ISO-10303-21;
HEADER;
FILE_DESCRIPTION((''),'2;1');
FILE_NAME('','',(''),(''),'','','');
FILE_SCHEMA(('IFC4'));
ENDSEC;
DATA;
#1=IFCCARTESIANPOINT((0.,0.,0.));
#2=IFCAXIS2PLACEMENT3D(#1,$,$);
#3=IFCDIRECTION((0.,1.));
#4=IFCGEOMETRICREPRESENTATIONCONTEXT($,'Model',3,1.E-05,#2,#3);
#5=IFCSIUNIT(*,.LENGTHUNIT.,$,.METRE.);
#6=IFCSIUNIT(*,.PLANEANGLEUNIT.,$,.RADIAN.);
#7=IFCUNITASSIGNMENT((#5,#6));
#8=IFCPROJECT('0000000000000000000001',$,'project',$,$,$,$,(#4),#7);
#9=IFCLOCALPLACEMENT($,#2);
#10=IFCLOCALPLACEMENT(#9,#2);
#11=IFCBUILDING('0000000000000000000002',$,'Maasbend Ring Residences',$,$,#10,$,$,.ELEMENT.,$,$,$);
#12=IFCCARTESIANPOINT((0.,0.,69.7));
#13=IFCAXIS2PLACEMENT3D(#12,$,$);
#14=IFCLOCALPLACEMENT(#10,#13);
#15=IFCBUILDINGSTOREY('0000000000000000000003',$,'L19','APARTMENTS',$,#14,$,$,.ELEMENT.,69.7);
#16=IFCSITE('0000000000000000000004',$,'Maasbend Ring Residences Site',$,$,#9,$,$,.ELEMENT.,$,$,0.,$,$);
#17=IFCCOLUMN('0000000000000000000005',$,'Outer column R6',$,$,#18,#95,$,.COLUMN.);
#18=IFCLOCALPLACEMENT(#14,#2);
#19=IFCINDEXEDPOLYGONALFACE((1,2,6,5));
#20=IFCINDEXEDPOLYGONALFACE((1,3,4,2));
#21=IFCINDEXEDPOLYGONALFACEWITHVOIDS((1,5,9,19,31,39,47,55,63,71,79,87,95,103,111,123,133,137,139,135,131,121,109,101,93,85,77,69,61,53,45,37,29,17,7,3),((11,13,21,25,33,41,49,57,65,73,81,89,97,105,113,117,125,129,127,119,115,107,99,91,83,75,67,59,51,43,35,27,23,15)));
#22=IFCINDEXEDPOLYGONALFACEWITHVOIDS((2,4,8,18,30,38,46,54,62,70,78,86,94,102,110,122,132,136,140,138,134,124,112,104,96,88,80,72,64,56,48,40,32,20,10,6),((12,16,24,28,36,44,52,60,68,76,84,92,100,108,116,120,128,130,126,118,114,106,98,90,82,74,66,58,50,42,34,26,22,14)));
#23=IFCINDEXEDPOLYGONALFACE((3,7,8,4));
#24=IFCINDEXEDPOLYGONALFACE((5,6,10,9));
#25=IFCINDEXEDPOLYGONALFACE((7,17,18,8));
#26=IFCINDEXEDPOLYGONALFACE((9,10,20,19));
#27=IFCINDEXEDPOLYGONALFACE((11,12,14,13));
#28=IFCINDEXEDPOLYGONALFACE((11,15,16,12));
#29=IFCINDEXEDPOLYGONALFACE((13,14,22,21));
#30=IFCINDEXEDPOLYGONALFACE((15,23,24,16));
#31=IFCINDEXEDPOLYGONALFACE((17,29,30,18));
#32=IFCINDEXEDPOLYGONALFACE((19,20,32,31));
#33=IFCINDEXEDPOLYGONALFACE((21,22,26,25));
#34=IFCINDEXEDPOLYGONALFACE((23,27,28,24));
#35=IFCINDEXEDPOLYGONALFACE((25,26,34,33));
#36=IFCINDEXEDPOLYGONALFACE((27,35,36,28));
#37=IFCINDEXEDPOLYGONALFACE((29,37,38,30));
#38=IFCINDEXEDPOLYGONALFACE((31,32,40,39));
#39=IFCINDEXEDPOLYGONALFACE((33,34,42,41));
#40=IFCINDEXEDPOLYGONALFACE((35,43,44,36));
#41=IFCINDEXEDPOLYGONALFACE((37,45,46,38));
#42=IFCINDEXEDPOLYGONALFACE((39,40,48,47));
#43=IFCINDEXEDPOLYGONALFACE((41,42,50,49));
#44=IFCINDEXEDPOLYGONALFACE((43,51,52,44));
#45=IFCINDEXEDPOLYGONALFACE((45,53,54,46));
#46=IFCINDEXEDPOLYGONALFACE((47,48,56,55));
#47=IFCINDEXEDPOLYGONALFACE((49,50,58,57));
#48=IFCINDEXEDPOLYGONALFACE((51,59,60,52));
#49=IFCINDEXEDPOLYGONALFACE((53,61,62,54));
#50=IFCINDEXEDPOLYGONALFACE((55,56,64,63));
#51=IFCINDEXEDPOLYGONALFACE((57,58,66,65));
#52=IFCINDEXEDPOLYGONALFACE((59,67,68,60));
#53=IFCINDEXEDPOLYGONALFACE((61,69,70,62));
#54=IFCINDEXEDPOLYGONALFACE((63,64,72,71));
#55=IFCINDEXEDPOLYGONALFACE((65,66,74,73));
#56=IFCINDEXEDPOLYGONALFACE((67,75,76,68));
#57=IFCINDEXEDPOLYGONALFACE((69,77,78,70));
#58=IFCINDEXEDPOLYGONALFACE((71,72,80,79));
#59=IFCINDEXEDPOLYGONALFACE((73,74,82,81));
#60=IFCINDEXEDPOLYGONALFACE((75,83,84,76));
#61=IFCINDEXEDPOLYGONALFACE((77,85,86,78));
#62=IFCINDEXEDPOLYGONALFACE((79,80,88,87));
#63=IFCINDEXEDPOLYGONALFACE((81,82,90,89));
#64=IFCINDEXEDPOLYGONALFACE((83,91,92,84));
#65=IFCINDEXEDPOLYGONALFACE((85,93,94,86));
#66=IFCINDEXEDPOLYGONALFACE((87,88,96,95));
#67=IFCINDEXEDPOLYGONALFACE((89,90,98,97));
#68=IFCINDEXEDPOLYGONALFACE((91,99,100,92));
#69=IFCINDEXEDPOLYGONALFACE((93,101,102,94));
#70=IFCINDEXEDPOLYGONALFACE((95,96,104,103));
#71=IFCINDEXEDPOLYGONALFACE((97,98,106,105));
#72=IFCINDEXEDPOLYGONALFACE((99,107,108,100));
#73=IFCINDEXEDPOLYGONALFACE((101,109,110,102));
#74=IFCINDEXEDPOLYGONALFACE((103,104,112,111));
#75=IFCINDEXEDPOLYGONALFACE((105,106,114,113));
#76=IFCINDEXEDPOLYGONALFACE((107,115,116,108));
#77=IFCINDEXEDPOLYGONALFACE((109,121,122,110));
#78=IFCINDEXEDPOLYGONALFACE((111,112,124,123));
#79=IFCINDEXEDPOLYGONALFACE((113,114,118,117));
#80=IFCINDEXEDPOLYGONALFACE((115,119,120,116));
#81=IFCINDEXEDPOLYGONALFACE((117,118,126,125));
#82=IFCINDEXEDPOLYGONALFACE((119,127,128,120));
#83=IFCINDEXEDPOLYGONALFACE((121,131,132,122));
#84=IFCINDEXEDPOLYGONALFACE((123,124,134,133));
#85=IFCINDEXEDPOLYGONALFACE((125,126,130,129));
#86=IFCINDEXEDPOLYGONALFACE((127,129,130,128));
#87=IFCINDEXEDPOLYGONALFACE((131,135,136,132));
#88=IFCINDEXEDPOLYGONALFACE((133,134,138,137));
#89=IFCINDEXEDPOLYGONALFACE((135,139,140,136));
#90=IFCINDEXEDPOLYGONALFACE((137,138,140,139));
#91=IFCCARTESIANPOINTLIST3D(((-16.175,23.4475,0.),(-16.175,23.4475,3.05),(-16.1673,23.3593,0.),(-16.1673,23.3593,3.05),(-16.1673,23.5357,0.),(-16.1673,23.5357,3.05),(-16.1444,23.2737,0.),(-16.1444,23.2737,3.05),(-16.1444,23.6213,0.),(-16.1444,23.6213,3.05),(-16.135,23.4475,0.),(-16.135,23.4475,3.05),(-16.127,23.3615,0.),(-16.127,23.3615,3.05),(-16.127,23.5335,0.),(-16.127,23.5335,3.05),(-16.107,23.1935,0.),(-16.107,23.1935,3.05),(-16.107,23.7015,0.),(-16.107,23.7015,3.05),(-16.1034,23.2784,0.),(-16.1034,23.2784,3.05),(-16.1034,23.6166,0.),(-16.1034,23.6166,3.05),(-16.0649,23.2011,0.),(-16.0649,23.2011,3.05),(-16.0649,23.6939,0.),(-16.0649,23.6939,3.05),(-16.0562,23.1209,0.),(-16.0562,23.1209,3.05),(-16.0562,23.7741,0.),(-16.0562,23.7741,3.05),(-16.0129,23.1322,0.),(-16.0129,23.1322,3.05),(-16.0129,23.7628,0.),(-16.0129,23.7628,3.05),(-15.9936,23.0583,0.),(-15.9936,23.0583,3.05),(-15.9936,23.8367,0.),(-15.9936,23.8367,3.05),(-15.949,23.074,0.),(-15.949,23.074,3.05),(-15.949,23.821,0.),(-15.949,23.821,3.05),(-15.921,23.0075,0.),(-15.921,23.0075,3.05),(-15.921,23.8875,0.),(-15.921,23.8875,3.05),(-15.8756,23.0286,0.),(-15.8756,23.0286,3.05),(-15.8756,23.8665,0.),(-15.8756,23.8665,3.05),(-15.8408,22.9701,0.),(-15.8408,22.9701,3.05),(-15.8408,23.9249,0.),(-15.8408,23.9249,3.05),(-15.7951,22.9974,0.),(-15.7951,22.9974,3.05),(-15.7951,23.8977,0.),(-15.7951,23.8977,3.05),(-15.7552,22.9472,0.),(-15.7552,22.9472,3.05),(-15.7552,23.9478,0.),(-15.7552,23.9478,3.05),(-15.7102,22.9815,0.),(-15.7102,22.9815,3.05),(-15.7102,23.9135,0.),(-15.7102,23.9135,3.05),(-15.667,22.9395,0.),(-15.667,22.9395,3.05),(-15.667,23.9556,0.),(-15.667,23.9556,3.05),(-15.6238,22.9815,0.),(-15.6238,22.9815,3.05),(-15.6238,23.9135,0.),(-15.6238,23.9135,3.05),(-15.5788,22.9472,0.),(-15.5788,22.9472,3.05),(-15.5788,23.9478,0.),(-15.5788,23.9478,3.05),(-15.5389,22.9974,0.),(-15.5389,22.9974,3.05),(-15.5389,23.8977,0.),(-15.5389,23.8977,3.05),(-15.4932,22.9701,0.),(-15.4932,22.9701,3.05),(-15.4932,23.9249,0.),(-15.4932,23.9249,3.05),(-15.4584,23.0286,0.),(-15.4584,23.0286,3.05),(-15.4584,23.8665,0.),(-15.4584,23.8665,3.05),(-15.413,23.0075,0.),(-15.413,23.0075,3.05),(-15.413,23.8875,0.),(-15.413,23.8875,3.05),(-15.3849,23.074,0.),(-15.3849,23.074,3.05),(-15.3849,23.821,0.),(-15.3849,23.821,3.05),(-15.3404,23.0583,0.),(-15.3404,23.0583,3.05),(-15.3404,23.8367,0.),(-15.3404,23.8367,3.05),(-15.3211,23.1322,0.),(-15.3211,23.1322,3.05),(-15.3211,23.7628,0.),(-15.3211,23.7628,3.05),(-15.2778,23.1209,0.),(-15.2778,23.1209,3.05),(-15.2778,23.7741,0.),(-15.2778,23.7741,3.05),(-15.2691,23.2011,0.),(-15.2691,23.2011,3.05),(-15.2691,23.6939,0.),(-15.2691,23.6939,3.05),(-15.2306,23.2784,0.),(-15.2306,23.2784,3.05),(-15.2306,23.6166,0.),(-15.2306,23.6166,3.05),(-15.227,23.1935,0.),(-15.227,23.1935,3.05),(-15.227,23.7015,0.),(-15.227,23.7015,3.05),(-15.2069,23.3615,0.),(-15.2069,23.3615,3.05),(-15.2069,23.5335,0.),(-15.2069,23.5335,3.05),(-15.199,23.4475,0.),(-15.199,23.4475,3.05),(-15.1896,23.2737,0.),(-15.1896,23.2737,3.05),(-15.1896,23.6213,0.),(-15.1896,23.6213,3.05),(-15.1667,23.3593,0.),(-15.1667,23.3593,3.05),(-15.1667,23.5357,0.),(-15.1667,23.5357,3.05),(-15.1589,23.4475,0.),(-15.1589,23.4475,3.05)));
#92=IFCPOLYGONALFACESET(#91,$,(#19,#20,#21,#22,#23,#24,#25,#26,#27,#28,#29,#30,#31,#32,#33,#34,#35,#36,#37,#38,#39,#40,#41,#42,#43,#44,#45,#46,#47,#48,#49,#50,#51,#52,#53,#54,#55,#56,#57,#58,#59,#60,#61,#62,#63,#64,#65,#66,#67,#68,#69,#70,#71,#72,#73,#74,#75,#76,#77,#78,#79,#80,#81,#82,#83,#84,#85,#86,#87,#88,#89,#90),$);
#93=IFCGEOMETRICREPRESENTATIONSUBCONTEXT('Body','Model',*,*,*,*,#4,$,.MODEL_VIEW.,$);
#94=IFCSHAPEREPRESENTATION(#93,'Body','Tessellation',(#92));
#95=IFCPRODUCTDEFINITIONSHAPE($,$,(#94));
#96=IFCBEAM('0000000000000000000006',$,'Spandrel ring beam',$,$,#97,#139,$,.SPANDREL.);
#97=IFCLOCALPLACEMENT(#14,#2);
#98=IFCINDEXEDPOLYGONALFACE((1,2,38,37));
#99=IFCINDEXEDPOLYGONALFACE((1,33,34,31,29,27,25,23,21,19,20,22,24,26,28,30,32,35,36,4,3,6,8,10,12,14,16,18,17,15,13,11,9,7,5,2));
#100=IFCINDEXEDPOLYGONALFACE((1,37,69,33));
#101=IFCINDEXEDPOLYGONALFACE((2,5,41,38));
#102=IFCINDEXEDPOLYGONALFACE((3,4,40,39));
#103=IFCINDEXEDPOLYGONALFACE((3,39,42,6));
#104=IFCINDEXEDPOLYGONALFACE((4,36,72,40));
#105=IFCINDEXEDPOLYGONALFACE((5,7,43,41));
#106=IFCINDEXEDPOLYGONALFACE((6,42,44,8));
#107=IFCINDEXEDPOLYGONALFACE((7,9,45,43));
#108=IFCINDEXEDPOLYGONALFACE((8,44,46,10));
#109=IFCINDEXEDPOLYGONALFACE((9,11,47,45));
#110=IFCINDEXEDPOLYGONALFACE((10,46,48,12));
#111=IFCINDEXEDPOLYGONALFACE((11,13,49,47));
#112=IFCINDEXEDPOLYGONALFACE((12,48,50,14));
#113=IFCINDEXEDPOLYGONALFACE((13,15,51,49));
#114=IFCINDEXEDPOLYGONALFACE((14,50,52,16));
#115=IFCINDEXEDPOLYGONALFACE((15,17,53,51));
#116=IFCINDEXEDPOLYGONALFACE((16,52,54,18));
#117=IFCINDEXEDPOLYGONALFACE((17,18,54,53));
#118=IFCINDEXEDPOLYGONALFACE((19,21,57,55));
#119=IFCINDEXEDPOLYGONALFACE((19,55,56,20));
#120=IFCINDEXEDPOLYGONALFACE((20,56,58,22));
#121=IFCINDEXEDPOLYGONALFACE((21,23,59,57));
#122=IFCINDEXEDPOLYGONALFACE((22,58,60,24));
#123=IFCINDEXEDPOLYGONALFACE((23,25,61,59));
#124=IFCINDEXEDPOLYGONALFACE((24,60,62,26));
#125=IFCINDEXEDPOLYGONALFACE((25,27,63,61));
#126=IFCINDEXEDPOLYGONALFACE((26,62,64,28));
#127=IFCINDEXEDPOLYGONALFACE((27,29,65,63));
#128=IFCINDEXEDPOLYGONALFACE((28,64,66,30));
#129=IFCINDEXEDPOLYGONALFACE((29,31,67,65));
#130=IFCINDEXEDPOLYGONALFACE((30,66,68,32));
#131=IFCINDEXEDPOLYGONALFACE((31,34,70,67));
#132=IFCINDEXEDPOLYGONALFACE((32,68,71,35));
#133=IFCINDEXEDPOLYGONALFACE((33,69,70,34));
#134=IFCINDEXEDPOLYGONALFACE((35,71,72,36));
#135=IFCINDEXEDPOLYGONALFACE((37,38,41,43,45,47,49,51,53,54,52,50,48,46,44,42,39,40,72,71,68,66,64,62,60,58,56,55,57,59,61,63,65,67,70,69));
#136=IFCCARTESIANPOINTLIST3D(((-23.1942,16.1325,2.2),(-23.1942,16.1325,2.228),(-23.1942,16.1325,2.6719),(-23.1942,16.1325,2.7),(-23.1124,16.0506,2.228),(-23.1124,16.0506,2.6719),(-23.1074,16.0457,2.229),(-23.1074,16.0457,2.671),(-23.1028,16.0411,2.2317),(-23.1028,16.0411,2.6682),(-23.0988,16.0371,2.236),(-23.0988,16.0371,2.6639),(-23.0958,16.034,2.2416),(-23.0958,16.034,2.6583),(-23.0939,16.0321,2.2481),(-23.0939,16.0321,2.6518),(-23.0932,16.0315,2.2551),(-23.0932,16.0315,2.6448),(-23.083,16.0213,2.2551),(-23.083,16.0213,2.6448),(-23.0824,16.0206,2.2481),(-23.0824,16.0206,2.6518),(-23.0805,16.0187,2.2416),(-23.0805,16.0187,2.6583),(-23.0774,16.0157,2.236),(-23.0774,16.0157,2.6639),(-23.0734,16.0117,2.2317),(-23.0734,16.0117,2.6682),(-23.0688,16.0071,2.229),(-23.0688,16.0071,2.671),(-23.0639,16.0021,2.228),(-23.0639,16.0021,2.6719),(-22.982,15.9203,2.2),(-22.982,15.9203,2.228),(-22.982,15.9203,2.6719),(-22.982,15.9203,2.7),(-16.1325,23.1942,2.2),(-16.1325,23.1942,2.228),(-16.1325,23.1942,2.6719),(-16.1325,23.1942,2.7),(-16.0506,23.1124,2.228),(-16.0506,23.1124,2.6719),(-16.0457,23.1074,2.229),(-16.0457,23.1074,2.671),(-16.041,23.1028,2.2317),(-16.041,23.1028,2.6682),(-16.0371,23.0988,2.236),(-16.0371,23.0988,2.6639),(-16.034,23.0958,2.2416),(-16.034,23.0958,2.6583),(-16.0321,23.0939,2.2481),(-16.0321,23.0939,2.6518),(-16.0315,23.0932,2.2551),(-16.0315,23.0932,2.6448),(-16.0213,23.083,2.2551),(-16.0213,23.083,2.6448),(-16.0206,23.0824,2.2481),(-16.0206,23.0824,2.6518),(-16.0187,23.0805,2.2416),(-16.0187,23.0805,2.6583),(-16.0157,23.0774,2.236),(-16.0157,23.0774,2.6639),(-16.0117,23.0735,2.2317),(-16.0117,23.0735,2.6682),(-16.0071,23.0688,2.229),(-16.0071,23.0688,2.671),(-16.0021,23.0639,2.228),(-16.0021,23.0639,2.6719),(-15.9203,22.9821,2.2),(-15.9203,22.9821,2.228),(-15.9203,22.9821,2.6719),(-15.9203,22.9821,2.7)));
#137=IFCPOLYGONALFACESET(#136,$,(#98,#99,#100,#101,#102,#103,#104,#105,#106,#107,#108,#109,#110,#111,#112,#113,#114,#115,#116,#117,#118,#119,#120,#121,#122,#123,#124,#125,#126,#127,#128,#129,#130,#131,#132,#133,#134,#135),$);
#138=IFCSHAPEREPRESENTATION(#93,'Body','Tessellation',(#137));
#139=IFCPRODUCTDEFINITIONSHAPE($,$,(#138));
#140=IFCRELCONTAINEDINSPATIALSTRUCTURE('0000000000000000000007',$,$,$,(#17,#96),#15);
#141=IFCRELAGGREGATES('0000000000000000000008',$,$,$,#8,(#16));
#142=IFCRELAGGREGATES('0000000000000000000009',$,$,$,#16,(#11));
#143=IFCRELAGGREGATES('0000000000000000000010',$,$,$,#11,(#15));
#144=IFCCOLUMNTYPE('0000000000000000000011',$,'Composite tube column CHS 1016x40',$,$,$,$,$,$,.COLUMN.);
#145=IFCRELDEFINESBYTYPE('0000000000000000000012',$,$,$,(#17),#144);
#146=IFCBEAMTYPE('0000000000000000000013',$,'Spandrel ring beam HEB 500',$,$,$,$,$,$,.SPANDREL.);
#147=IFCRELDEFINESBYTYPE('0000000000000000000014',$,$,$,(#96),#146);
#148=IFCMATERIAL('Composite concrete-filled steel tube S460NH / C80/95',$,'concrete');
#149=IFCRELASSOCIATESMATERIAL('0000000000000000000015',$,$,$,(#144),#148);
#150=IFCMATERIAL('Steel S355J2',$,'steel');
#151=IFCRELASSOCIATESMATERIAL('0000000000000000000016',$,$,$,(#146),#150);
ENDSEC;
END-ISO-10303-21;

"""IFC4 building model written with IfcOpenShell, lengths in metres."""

from ifc_helpers import new_model, si_unit, direction, frame, origin, origin_2d, place, context, subcontext, project, spatial, hollow_circle, i_section, extrude, material, material_profile, profile_set, type_object, element, save


model = new_model("IFC4")

# Units and contexts
model_context = context("Model", 3, precision=1e-05, world=origin(), true_north=direction((0.0, 1.0)))
body_context = subcontext(model_context, "Body", "Model", "MODEL_VIEW")
ifc_project = project(units=[si_unit("LENGTHUNIT", "METRE"), si_unit("PLANEANGLEUNIT", "RADIAN")], contexts=[model_context])

# Site, building, storey
site_placement = place(None, origin())
site = spatial("IfcSite", under=ifc_project, at=site_placement, Name="Maasbend Ring Residences Site", CompositionType="ELEMENT", RefElevation=0.0)
building_placement = place(site_placement, origin())
building = spatial("IfcBuilding", under=site, at=building_placement, Name="Maasbend Ring Residences", CompositionType="ELEMENT")
storey_placement = place(building_placement, frame((0.0, 0.0, 69.7)))
storey = spatial("IfcBuildingStorey", under=building, at=storey_placement, Name="L19", Description="APARTMENTS", CompositionType="ELEMENT", Elevation=69.7)

# Column
ifc_material_1 = material(Name="Composite concrete-filled steel tube S460NH / C80/95", Category="concrete")
ifc_material_profile_1 = material_profile(ifc_material_1, hollow_circle(Radius=0.5081, WallThickness=0.04, at=origin_2d()), Name="Composite tube column CHS 1016x40")
ifc_profile_set_1 = profile_set([ifc_material_profile_1], Name="Composite concrete-filled steel tube S460NH / C80/95")
column_type = type_object("IfcColumnType", Name="Composite tube column CHS 1016x40", PredefinedType="COLUMN", material=ifc_profile_set_1)
column_placement = place(storey_placement, frame((-15.667, 23.4475, 0.0), z_axis=(0.0, 0.0, 1.0), x_axis=(1.0, 0.0, 0.0)))
element("IfcColumn", 1, at=column_placement, inside=storey, type_object=column_type, Name="Outer column R6", PredefinedType="COLUMN", context=body_context, shape_type="SweptSolid", body=[
    extrude(hollow_circle(Radius=0.5081, WallThickness=0.04, at=origin_2d()), origin(), (0.0, 0.0, 1.0), 3.05),
])

# Beam
ifc_material_2 = material(Name="Steel S355J2", Category="steel")
ifc_material_profile_2 = material_profile(ifc_material_2, i_section(OverallWidth=0.3, OverallDepth=0.5, WebThickness=0.0144, FlangeThickness=0.0281, FilletRadius=0.0271, at=origin_2d()), Name="HEB 500")
ifc_profile_set_2 = profile_set([ifc_material_profile_2], Name="Steel S355J2")
beam_type = type_object("IfcBeamType", Name="Spandrel ring beam HEB 500", PredefinedType="SPANDREL", material=ifc_profile_set_2)
beam_placement = place(storey_placement, frame((-16.0264, 23.0881, 2.45), z_axis=(-0.707107, -0.707107, 0.0), x_axis=(0.707107, -0.707107, 0.0)))
element("IfcBeam", 2, at=beam_placement, inside=storey, type_object=beam_type, Name="Spandrel ring beam", PredefinedType="SPANDREL", context=body_context, shape_type="SweptSolid", body=[
    extrude(i_section(OverallWidth=0.3, OverallDepth=0.5, WebThickness=0.0144, FlangeThickness=0.0281, FilletRadius=0.0271, at=origin_2d()), origin(), (0.0, 0.0, 1.0), 9.9868),
])

save(model, "model.ifc")
